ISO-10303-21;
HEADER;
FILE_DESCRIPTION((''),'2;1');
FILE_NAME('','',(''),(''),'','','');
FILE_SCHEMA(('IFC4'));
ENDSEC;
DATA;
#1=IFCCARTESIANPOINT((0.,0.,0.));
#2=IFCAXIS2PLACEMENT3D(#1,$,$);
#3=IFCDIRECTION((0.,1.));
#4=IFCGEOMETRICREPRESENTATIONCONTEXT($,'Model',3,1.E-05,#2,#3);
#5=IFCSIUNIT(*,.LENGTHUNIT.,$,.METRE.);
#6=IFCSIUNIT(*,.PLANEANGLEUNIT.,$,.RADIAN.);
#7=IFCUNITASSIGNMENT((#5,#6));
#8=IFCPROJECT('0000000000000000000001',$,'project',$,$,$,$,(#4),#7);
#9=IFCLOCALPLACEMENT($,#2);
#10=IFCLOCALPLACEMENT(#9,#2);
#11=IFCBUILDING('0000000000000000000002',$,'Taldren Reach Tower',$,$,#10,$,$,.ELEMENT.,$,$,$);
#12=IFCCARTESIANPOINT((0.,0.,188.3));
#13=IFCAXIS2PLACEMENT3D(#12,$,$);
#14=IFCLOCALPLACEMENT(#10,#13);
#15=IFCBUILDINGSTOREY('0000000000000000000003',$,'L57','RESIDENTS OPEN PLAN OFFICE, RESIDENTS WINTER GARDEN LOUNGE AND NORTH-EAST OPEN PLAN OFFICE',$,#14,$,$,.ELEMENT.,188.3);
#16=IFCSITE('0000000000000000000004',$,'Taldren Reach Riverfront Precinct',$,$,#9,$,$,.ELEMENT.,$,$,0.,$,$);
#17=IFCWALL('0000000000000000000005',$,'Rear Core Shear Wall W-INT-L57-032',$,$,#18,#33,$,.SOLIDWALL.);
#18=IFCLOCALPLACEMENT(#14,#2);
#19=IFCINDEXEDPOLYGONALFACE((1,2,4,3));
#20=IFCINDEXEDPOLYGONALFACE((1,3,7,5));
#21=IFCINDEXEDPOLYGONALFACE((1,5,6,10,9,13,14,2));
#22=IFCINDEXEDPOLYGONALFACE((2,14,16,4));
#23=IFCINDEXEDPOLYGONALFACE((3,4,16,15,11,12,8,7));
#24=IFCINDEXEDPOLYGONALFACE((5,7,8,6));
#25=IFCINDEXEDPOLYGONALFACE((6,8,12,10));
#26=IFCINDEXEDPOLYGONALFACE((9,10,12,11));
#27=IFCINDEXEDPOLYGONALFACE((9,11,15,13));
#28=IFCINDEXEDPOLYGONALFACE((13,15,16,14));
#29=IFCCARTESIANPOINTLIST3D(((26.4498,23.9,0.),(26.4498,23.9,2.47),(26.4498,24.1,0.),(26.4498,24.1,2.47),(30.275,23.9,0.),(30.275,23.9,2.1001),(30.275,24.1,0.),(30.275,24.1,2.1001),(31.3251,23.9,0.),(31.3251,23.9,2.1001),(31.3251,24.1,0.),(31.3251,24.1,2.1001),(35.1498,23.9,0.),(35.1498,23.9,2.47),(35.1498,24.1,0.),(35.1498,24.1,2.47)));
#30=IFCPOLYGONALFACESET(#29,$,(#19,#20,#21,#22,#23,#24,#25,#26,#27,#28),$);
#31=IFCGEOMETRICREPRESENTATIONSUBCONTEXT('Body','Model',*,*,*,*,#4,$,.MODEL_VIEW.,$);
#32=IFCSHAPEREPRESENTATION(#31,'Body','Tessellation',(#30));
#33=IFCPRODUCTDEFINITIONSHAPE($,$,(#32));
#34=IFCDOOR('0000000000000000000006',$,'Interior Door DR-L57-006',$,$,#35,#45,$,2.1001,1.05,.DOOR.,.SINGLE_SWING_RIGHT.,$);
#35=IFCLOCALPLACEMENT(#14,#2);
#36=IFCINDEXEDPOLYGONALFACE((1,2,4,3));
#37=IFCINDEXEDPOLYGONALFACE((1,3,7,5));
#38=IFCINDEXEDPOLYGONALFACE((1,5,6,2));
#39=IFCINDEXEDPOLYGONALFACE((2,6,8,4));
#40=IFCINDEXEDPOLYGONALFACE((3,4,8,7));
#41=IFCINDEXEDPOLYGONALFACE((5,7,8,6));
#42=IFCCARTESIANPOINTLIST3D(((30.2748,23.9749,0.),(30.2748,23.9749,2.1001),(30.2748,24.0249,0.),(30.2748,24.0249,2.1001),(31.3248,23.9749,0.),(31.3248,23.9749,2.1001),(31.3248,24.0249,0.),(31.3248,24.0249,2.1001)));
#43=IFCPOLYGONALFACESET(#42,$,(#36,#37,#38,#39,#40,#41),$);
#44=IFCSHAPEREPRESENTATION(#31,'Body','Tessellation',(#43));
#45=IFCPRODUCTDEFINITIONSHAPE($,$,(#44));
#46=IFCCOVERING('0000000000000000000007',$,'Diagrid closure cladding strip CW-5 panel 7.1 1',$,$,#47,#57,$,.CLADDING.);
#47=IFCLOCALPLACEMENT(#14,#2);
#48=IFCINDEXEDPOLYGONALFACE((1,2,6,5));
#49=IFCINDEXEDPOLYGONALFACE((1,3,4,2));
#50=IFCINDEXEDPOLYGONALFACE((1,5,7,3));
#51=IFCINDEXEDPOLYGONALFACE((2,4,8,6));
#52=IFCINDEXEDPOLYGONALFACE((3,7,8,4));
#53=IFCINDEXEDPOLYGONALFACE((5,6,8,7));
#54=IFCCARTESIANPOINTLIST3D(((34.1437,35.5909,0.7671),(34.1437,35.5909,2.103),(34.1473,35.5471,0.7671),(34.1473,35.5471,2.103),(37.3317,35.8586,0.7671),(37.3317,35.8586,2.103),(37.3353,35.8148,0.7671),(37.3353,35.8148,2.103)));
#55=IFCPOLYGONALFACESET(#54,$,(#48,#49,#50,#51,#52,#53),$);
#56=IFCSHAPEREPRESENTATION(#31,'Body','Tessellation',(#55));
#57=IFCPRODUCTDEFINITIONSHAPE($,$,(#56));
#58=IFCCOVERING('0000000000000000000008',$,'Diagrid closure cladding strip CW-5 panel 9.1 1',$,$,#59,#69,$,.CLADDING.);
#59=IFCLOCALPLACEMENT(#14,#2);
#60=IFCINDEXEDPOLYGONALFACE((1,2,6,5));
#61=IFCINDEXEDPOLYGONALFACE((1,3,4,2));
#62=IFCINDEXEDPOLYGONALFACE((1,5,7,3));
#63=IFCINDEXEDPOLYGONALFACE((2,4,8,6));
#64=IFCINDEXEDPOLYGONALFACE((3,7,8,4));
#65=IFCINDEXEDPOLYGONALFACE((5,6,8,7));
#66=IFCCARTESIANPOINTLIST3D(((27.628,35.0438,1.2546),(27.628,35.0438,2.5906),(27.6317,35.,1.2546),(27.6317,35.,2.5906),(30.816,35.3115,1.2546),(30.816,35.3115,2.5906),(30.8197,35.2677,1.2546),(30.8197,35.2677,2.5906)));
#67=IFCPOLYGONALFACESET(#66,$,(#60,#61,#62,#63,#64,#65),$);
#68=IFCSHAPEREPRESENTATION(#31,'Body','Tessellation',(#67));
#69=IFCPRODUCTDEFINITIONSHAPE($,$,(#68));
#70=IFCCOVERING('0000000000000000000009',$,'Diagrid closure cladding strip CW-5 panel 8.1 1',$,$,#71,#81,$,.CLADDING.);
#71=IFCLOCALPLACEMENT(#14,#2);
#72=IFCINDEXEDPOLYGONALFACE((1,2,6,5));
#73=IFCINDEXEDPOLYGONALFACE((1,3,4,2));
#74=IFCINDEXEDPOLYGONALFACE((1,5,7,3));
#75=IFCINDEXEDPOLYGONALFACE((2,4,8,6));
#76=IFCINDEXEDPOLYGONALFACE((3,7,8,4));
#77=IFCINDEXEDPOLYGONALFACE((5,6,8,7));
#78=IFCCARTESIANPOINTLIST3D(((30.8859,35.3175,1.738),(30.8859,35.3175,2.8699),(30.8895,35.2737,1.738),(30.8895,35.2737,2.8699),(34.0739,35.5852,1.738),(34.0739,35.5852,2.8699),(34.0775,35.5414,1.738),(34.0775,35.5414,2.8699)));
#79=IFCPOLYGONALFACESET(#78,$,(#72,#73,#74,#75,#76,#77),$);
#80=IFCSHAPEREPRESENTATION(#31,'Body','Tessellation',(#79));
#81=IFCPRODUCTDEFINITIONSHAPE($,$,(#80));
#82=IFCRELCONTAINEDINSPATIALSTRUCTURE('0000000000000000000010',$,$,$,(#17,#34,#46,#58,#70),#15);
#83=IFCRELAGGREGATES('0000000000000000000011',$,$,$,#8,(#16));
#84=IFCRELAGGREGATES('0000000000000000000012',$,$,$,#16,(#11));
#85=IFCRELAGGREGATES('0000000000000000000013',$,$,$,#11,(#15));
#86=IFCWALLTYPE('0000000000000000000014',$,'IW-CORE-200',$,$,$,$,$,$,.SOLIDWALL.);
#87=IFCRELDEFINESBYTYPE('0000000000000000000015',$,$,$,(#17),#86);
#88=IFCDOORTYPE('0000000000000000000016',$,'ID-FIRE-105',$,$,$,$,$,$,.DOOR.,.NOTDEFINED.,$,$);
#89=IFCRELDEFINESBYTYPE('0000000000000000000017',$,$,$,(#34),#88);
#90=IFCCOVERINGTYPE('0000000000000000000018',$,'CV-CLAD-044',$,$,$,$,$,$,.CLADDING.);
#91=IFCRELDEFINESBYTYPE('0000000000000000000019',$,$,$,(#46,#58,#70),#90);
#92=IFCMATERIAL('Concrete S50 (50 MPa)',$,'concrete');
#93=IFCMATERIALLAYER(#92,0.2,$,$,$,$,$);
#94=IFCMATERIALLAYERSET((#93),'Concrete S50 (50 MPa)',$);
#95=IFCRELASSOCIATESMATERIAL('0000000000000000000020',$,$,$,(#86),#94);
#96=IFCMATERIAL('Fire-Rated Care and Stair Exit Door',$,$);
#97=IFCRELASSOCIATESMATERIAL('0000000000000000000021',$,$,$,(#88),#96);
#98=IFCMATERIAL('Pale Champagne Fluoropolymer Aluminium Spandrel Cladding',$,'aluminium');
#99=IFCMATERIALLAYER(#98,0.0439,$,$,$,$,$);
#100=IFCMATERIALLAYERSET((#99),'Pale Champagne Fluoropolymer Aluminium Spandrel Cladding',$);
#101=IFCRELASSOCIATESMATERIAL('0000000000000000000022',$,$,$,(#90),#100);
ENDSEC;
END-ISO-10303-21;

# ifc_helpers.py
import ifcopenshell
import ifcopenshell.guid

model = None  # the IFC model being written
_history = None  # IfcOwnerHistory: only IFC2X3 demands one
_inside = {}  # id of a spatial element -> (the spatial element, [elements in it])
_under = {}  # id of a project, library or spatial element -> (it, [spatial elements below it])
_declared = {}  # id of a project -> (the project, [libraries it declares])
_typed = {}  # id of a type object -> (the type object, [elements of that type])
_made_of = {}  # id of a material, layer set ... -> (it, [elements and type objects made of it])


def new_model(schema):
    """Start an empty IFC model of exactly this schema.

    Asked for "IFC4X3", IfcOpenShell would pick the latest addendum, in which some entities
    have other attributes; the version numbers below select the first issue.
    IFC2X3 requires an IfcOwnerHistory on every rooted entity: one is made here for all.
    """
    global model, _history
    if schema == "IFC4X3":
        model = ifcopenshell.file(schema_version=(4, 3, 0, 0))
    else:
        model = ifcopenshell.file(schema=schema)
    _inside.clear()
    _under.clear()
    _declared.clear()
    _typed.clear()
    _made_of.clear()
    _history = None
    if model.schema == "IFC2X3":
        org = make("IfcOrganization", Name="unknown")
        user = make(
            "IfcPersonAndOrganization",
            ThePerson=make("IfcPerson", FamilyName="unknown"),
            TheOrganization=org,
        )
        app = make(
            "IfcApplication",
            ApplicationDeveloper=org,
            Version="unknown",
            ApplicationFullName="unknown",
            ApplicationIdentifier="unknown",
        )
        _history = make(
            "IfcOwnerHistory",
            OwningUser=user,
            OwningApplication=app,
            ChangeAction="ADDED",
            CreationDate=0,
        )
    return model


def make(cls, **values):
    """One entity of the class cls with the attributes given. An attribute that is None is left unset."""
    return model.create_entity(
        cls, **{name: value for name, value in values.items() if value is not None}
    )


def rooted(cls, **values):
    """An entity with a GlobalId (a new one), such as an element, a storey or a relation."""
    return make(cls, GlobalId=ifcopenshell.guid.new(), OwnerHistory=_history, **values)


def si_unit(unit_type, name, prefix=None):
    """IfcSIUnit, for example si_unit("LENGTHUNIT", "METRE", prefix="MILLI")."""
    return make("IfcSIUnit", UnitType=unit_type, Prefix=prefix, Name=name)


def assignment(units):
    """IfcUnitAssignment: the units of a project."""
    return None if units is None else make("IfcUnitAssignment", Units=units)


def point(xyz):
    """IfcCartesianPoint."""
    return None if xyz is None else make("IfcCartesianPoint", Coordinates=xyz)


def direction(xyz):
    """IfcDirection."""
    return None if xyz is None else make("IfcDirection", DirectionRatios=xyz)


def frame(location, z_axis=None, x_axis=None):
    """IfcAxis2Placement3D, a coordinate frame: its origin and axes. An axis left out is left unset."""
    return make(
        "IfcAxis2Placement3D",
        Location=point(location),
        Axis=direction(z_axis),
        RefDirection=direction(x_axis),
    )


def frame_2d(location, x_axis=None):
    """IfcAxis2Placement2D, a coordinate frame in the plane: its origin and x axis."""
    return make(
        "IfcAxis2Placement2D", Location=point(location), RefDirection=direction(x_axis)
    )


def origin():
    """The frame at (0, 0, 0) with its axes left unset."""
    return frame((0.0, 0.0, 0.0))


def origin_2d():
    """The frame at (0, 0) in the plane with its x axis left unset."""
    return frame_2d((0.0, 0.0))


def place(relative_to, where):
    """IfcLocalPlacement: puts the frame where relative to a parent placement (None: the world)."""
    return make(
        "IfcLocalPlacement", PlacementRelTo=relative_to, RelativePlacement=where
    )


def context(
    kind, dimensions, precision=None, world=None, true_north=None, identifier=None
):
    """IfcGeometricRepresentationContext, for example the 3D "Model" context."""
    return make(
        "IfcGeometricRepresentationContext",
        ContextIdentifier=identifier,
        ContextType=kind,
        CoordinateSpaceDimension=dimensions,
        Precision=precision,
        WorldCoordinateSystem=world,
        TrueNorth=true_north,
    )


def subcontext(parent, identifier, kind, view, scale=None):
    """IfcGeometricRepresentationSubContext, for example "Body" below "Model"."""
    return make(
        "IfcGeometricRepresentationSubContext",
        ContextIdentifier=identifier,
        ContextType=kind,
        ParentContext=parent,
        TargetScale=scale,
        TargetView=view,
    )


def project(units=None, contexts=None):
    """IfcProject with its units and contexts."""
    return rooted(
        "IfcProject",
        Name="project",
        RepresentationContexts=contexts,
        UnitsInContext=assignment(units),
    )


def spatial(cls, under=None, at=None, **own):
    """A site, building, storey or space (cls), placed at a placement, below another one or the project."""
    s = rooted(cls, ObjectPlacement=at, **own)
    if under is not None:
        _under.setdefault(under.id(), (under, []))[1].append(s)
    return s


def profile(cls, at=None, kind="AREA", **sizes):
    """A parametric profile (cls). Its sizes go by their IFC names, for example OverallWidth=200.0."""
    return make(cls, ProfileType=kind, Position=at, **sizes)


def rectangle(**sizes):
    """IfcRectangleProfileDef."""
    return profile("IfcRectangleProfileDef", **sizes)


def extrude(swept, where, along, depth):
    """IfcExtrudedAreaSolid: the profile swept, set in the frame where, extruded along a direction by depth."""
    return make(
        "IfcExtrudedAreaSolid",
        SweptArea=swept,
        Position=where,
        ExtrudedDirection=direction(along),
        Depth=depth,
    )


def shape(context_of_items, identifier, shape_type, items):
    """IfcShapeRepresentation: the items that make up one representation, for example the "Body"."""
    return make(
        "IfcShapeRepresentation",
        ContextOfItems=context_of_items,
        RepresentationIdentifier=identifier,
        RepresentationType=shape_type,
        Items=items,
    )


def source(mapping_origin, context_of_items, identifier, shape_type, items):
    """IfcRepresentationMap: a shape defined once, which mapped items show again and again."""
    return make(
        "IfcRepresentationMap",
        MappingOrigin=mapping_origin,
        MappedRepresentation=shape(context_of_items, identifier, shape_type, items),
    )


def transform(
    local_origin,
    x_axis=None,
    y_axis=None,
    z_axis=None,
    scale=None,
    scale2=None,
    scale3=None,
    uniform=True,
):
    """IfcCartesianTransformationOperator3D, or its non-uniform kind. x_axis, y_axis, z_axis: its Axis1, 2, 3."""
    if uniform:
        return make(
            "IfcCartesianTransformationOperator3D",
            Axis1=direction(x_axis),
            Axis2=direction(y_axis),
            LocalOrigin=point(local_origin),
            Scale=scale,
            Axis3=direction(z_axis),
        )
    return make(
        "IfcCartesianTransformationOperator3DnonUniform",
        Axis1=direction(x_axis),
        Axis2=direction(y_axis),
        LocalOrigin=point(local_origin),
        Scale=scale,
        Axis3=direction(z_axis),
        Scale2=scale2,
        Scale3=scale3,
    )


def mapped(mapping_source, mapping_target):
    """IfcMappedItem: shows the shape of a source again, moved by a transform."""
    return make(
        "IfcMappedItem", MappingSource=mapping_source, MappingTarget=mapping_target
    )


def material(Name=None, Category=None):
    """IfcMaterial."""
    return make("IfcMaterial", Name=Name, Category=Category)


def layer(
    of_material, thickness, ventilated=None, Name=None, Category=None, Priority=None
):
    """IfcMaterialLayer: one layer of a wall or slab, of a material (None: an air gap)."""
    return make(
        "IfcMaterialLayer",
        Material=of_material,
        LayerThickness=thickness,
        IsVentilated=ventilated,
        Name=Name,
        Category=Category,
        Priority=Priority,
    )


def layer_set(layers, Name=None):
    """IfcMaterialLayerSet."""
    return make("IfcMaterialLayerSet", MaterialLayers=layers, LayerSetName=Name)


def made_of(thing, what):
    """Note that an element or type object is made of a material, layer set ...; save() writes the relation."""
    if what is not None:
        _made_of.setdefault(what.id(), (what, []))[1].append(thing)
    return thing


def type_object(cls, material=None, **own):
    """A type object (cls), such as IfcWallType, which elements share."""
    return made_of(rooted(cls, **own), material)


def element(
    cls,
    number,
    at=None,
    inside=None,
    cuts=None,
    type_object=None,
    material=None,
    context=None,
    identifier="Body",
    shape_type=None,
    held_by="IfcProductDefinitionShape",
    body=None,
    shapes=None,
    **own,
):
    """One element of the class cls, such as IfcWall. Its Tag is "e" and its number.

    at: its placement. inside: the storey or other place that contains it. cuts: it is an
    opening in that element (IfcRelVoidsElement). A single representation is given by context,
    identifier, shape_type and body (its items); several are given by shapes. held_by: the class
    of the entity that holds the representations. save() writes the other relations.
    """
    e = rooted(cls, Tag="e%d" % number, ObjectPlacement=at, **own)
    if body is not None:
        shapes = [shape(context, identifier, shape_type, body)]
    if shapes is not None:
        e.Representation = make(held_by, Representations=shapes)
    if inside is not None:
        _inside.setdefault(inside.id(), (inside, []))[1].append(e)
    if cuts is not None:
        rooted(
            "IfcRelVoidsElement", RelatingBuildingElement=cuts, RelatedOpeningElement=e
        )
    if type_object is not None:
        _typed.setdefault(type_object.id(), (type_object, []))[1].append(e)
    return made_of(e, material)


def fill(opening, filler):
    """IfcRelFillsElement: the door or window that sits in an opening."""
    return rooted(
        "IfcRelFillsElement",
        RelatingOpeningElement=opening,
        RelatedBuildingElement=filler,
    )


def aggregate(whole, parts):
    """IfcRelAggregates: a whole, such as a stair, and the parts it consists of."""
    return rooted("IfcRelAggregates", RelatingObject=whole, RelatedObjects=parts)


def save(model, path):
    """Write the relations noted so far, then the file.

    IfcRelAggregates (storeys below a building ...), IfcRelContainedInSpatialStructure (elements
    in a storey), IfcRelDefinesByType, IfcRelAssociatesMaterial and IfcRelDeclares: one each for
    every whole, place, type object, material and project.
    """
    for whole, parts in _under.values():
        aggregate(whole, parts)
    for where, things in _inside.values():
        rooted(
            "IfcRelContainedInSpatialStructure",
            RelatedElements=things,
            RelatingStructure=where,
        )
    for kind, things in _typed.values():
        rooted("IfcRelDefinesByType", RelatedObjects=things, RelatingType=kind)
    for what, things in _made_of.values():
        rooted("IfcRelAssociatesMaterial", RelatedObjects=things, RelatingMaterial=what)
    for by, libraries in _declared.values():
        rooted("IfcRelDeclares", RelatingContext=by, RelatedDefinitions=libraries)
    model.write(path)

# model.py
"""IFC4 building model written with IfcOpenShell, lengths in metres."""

from ifc_helpers import new_model, si_unit, direction, frame, frame_2d, origin, origin_2d, place, context, subcontext, project, spatial, rectangle, extrude, source, transform, mapped, material, layer, layer_set, type_object, element, fill, save


model = new_model("IFC4")

# Units and contexts
model_context = context("Model", 3, precision=1e-05, world=origin(), true_north=direction((0.0, 1.0)))
body_context = subcontext(model_context, "Body", "Model", "MODEL_VIEW")
ifc_project = project(units=[si_unit("LENGTHUNIT", "METRE"), si_unit("PLANEANGLEUNIT", "RADIAN")], contexts=[model_context])

# Site, building, storey
site_placement = place(None, origin())
site = spatial("IfcSite", under=ifc_project, at=site_placement, Name="Taldren Reach Riverfront Precinct", CompositionType="ELEMENT", RefElevation=0.0)
building_placement = place(site_placement, origin())
building = spatial("IfcBuilding", under=site, at=building_placement, Name="Taldren Reach Tower", CompositionType="ELEMENT")
storey_placement = place(building_placement, frame((0.0, 0.0, 188.3)))
storey = spatial("IfcBuildingStorey", under=building, at=storey_placement, Name="L57", Description="RESIDENTS OPEN PLAN OFFICE, RESIDENTS WINTER GARDEN LOUNGE AND NORTH-EAST OPEN PLAN OFFICE", CompositionType="ELEMENT", Elevation=188.3)

# Shared definitions
ifc_material_1 = material(Name="Concrete S50 (50 MPa)", Category="concrete")
ifc_layer_1 = layer(ifc_material_1, 0.2)
ifc_layer_set_1 = layer_set([ifc_layer_1], Name="Concrete S50 (50 MPa)")
wall_type_1 = type_object("IfcWallType", Name="IW-CORE-200", PredefinedType="SOLIDWALL", material=ifc_layer_set_1)

# Wall, opening, door
shared_shape_1 = source(origin(), body_context, "Body", "SweptSolid", [
    extrude(rectangle(XDim=8.7, YDim=0.2, at=frame_2d((4.3501, 0.0))), origin(), (0.0, 0.0, 1.0), 2.47),
])
wall_1_placement = place(storey_placement, frame((35.1499, 24.0, 0.0), z_axis=(0.0, 0.0, 1.0), x_axis=(-1.0, 0.0, 0.0)))
wall_1 = element("IfcWall", 1, at=wall_1_placement, inside=storey, type_object=wall_type_1, Name="Rear Core Shear Wall W-INT-L57-032", PredefinedType="SOLIDWALL", context=body_context, shape_type="MappedRepresentation", body=[
    mapped(shared_shape_1, transform((0.0, 0.0, 0.0), scale=1.0)),
])
shared_shape_2 = source(origin(), body_context, "Body", "SweptSolid", [
    extrude(rectangle(XDim=1.05, YDim=2.1001, at=frame_2d((0.5249, 1.05))), frame((0.0, 0.1099, 0.0), z_axis=(0.0, -1.0, 0.0), x_axis=(1.0, 0.0, 0.0)), (0.0, 0.0, 1.0), 0.22),
])
opening_placement = place(wall_1_placement, frame((3.825, 0.0, 0.0)))
opening = element("IfcOpeningElement", 2, at=opening_placement, cuts=wall_1, PredefinedType="OPENING", context=body_context, shape_type="MappedRepresentation", body=[
    mapped(shared_shape_2, transform((0.0, 0.0, 0.0), scale=1.0)),
])
ifc_material_2 = material(Name="Fire-Rated Care and Stair Exit Door")
door_type = type_object("IfcDoorType", Name="ID-FIRE-105", OperationType="NOTDEFINED", PredefinedType="DOOR", material=ifc_material_2)
shared_shape_3 = source(origin(), body_context, "Body", "SweptSolid", [
    extrude(rectangle(XDim=1.05, YDim=2.1001, at=frame_2d((0.5249, 1.05))), frame((0.0, 0.0249, 0.0), z_axis=(0.0, -1.0, 0.0), x_axis=(1.0, 0.0, 0.0)), (0.0, 0.0, 1.0), 0.05),
])
door_placement = place(opening_placement, frame((1.05, 0.0, 0.0), z_axis=(0.0, 0.0, 1.0), x_axis=(-1.0, 0.0, 0.0)))
door = element("IfcDoor", 3, at=door_placement, inside=storey, type_object=door_type, Name="Interior Door DR-L57-006", OperationType="SINGLE_SWING_RIGHT", OverallHeight=2.1001, OverallWidth=1.05, PredefinedType="DOOR", context=body_context, shape_type="MappedRepresentation", body=[
    mapped(shared_shape_3, transform((0.0, 0.0, 0.0), scale=1.0)),
])
fill(opening, door)

# Coverings
ifc_material_3 = material(Name="Pale Champagne Fluoropolymer Aluminium Spandrel Cladding", Category="aluminium")
ifc_layer_2 = layer(ifc_material_3, 0.0439)
ifc_layer_set_2 = layer_set([ifc_layer_2], Name="Pale Champagne Fluoropolymer Aluminium Spandrel Cladding")
covering_type = type_object("IfcCoveringType", Name="CV-CLAD-044", PredefinedType="CLADDING", material=ifc_layer_set_2)
shared_shape_4 = source(origin(), body_context, "Body", "SweptSolid", [
    extrude(rectangle(XDim=3.1992, YDim=0.0439, at=origin_2d()), origin(), (0.0, 0.0, 1.0), 1.3359),
])
for number, where, z_axis, x_axis, name in (
    (4, (35.7395, 35.7029, 0.7671), (0.0, 0.0, 1.0), (-0.996493, -0.083678, 0.0), "Diagrid closure cladding strip CW-5 panel 7.1 1"),
    (5, (29.2239, 35.1558, 1.2546), (0.0, 0.0, 1.0), (-0.996493, -0.083678, 0.0), "Diagrid closure cladding strip CW-5 panel 9.1 1"),
):
    element("IfcCovering", number, at=place(storey_placement, frame(where, z_axis=z_axis, x_axis=x_axis)), inside=storey, type_object=covering_type, Name=name, PredefinedType="CLADDING", context=body_context, shape_type="MappedRepresentation", body=[
        mapped(shared_shape_4, transform((0.0, 0.0, 0.0), scale=1.0)),
    ])
shared_shape_5 = source(origin(), body_context, "Body", "SweptSolid", [
    extrude(rectangle(XDim=3.1992, YDim=0.0439, at=origin_2d()), origin(), (0.0, 0.0, 1.0), 1.1318),
])
covering_placement = place(storey_placement, frame((32.4817, 35.4294, 1.738), z_axis=(0.0, 0.0, 1.0), x_axis=(-0.996493, -0.083678, 0.0)))
element("IfcCovering", 6, at=covering_placement, inside=storey, type_object=covering_type, Name="Diagrid closure cladding strip CW-5 panel 8.1 1", PredefinedType="CLADDING", context=body_context, shape_type="MappedRepresentation", body=[
    mapped(shared_shape_5, transform((0.0, 0.0, 0.0), scale=1.0)),
])

save(model, "model.ifc")
